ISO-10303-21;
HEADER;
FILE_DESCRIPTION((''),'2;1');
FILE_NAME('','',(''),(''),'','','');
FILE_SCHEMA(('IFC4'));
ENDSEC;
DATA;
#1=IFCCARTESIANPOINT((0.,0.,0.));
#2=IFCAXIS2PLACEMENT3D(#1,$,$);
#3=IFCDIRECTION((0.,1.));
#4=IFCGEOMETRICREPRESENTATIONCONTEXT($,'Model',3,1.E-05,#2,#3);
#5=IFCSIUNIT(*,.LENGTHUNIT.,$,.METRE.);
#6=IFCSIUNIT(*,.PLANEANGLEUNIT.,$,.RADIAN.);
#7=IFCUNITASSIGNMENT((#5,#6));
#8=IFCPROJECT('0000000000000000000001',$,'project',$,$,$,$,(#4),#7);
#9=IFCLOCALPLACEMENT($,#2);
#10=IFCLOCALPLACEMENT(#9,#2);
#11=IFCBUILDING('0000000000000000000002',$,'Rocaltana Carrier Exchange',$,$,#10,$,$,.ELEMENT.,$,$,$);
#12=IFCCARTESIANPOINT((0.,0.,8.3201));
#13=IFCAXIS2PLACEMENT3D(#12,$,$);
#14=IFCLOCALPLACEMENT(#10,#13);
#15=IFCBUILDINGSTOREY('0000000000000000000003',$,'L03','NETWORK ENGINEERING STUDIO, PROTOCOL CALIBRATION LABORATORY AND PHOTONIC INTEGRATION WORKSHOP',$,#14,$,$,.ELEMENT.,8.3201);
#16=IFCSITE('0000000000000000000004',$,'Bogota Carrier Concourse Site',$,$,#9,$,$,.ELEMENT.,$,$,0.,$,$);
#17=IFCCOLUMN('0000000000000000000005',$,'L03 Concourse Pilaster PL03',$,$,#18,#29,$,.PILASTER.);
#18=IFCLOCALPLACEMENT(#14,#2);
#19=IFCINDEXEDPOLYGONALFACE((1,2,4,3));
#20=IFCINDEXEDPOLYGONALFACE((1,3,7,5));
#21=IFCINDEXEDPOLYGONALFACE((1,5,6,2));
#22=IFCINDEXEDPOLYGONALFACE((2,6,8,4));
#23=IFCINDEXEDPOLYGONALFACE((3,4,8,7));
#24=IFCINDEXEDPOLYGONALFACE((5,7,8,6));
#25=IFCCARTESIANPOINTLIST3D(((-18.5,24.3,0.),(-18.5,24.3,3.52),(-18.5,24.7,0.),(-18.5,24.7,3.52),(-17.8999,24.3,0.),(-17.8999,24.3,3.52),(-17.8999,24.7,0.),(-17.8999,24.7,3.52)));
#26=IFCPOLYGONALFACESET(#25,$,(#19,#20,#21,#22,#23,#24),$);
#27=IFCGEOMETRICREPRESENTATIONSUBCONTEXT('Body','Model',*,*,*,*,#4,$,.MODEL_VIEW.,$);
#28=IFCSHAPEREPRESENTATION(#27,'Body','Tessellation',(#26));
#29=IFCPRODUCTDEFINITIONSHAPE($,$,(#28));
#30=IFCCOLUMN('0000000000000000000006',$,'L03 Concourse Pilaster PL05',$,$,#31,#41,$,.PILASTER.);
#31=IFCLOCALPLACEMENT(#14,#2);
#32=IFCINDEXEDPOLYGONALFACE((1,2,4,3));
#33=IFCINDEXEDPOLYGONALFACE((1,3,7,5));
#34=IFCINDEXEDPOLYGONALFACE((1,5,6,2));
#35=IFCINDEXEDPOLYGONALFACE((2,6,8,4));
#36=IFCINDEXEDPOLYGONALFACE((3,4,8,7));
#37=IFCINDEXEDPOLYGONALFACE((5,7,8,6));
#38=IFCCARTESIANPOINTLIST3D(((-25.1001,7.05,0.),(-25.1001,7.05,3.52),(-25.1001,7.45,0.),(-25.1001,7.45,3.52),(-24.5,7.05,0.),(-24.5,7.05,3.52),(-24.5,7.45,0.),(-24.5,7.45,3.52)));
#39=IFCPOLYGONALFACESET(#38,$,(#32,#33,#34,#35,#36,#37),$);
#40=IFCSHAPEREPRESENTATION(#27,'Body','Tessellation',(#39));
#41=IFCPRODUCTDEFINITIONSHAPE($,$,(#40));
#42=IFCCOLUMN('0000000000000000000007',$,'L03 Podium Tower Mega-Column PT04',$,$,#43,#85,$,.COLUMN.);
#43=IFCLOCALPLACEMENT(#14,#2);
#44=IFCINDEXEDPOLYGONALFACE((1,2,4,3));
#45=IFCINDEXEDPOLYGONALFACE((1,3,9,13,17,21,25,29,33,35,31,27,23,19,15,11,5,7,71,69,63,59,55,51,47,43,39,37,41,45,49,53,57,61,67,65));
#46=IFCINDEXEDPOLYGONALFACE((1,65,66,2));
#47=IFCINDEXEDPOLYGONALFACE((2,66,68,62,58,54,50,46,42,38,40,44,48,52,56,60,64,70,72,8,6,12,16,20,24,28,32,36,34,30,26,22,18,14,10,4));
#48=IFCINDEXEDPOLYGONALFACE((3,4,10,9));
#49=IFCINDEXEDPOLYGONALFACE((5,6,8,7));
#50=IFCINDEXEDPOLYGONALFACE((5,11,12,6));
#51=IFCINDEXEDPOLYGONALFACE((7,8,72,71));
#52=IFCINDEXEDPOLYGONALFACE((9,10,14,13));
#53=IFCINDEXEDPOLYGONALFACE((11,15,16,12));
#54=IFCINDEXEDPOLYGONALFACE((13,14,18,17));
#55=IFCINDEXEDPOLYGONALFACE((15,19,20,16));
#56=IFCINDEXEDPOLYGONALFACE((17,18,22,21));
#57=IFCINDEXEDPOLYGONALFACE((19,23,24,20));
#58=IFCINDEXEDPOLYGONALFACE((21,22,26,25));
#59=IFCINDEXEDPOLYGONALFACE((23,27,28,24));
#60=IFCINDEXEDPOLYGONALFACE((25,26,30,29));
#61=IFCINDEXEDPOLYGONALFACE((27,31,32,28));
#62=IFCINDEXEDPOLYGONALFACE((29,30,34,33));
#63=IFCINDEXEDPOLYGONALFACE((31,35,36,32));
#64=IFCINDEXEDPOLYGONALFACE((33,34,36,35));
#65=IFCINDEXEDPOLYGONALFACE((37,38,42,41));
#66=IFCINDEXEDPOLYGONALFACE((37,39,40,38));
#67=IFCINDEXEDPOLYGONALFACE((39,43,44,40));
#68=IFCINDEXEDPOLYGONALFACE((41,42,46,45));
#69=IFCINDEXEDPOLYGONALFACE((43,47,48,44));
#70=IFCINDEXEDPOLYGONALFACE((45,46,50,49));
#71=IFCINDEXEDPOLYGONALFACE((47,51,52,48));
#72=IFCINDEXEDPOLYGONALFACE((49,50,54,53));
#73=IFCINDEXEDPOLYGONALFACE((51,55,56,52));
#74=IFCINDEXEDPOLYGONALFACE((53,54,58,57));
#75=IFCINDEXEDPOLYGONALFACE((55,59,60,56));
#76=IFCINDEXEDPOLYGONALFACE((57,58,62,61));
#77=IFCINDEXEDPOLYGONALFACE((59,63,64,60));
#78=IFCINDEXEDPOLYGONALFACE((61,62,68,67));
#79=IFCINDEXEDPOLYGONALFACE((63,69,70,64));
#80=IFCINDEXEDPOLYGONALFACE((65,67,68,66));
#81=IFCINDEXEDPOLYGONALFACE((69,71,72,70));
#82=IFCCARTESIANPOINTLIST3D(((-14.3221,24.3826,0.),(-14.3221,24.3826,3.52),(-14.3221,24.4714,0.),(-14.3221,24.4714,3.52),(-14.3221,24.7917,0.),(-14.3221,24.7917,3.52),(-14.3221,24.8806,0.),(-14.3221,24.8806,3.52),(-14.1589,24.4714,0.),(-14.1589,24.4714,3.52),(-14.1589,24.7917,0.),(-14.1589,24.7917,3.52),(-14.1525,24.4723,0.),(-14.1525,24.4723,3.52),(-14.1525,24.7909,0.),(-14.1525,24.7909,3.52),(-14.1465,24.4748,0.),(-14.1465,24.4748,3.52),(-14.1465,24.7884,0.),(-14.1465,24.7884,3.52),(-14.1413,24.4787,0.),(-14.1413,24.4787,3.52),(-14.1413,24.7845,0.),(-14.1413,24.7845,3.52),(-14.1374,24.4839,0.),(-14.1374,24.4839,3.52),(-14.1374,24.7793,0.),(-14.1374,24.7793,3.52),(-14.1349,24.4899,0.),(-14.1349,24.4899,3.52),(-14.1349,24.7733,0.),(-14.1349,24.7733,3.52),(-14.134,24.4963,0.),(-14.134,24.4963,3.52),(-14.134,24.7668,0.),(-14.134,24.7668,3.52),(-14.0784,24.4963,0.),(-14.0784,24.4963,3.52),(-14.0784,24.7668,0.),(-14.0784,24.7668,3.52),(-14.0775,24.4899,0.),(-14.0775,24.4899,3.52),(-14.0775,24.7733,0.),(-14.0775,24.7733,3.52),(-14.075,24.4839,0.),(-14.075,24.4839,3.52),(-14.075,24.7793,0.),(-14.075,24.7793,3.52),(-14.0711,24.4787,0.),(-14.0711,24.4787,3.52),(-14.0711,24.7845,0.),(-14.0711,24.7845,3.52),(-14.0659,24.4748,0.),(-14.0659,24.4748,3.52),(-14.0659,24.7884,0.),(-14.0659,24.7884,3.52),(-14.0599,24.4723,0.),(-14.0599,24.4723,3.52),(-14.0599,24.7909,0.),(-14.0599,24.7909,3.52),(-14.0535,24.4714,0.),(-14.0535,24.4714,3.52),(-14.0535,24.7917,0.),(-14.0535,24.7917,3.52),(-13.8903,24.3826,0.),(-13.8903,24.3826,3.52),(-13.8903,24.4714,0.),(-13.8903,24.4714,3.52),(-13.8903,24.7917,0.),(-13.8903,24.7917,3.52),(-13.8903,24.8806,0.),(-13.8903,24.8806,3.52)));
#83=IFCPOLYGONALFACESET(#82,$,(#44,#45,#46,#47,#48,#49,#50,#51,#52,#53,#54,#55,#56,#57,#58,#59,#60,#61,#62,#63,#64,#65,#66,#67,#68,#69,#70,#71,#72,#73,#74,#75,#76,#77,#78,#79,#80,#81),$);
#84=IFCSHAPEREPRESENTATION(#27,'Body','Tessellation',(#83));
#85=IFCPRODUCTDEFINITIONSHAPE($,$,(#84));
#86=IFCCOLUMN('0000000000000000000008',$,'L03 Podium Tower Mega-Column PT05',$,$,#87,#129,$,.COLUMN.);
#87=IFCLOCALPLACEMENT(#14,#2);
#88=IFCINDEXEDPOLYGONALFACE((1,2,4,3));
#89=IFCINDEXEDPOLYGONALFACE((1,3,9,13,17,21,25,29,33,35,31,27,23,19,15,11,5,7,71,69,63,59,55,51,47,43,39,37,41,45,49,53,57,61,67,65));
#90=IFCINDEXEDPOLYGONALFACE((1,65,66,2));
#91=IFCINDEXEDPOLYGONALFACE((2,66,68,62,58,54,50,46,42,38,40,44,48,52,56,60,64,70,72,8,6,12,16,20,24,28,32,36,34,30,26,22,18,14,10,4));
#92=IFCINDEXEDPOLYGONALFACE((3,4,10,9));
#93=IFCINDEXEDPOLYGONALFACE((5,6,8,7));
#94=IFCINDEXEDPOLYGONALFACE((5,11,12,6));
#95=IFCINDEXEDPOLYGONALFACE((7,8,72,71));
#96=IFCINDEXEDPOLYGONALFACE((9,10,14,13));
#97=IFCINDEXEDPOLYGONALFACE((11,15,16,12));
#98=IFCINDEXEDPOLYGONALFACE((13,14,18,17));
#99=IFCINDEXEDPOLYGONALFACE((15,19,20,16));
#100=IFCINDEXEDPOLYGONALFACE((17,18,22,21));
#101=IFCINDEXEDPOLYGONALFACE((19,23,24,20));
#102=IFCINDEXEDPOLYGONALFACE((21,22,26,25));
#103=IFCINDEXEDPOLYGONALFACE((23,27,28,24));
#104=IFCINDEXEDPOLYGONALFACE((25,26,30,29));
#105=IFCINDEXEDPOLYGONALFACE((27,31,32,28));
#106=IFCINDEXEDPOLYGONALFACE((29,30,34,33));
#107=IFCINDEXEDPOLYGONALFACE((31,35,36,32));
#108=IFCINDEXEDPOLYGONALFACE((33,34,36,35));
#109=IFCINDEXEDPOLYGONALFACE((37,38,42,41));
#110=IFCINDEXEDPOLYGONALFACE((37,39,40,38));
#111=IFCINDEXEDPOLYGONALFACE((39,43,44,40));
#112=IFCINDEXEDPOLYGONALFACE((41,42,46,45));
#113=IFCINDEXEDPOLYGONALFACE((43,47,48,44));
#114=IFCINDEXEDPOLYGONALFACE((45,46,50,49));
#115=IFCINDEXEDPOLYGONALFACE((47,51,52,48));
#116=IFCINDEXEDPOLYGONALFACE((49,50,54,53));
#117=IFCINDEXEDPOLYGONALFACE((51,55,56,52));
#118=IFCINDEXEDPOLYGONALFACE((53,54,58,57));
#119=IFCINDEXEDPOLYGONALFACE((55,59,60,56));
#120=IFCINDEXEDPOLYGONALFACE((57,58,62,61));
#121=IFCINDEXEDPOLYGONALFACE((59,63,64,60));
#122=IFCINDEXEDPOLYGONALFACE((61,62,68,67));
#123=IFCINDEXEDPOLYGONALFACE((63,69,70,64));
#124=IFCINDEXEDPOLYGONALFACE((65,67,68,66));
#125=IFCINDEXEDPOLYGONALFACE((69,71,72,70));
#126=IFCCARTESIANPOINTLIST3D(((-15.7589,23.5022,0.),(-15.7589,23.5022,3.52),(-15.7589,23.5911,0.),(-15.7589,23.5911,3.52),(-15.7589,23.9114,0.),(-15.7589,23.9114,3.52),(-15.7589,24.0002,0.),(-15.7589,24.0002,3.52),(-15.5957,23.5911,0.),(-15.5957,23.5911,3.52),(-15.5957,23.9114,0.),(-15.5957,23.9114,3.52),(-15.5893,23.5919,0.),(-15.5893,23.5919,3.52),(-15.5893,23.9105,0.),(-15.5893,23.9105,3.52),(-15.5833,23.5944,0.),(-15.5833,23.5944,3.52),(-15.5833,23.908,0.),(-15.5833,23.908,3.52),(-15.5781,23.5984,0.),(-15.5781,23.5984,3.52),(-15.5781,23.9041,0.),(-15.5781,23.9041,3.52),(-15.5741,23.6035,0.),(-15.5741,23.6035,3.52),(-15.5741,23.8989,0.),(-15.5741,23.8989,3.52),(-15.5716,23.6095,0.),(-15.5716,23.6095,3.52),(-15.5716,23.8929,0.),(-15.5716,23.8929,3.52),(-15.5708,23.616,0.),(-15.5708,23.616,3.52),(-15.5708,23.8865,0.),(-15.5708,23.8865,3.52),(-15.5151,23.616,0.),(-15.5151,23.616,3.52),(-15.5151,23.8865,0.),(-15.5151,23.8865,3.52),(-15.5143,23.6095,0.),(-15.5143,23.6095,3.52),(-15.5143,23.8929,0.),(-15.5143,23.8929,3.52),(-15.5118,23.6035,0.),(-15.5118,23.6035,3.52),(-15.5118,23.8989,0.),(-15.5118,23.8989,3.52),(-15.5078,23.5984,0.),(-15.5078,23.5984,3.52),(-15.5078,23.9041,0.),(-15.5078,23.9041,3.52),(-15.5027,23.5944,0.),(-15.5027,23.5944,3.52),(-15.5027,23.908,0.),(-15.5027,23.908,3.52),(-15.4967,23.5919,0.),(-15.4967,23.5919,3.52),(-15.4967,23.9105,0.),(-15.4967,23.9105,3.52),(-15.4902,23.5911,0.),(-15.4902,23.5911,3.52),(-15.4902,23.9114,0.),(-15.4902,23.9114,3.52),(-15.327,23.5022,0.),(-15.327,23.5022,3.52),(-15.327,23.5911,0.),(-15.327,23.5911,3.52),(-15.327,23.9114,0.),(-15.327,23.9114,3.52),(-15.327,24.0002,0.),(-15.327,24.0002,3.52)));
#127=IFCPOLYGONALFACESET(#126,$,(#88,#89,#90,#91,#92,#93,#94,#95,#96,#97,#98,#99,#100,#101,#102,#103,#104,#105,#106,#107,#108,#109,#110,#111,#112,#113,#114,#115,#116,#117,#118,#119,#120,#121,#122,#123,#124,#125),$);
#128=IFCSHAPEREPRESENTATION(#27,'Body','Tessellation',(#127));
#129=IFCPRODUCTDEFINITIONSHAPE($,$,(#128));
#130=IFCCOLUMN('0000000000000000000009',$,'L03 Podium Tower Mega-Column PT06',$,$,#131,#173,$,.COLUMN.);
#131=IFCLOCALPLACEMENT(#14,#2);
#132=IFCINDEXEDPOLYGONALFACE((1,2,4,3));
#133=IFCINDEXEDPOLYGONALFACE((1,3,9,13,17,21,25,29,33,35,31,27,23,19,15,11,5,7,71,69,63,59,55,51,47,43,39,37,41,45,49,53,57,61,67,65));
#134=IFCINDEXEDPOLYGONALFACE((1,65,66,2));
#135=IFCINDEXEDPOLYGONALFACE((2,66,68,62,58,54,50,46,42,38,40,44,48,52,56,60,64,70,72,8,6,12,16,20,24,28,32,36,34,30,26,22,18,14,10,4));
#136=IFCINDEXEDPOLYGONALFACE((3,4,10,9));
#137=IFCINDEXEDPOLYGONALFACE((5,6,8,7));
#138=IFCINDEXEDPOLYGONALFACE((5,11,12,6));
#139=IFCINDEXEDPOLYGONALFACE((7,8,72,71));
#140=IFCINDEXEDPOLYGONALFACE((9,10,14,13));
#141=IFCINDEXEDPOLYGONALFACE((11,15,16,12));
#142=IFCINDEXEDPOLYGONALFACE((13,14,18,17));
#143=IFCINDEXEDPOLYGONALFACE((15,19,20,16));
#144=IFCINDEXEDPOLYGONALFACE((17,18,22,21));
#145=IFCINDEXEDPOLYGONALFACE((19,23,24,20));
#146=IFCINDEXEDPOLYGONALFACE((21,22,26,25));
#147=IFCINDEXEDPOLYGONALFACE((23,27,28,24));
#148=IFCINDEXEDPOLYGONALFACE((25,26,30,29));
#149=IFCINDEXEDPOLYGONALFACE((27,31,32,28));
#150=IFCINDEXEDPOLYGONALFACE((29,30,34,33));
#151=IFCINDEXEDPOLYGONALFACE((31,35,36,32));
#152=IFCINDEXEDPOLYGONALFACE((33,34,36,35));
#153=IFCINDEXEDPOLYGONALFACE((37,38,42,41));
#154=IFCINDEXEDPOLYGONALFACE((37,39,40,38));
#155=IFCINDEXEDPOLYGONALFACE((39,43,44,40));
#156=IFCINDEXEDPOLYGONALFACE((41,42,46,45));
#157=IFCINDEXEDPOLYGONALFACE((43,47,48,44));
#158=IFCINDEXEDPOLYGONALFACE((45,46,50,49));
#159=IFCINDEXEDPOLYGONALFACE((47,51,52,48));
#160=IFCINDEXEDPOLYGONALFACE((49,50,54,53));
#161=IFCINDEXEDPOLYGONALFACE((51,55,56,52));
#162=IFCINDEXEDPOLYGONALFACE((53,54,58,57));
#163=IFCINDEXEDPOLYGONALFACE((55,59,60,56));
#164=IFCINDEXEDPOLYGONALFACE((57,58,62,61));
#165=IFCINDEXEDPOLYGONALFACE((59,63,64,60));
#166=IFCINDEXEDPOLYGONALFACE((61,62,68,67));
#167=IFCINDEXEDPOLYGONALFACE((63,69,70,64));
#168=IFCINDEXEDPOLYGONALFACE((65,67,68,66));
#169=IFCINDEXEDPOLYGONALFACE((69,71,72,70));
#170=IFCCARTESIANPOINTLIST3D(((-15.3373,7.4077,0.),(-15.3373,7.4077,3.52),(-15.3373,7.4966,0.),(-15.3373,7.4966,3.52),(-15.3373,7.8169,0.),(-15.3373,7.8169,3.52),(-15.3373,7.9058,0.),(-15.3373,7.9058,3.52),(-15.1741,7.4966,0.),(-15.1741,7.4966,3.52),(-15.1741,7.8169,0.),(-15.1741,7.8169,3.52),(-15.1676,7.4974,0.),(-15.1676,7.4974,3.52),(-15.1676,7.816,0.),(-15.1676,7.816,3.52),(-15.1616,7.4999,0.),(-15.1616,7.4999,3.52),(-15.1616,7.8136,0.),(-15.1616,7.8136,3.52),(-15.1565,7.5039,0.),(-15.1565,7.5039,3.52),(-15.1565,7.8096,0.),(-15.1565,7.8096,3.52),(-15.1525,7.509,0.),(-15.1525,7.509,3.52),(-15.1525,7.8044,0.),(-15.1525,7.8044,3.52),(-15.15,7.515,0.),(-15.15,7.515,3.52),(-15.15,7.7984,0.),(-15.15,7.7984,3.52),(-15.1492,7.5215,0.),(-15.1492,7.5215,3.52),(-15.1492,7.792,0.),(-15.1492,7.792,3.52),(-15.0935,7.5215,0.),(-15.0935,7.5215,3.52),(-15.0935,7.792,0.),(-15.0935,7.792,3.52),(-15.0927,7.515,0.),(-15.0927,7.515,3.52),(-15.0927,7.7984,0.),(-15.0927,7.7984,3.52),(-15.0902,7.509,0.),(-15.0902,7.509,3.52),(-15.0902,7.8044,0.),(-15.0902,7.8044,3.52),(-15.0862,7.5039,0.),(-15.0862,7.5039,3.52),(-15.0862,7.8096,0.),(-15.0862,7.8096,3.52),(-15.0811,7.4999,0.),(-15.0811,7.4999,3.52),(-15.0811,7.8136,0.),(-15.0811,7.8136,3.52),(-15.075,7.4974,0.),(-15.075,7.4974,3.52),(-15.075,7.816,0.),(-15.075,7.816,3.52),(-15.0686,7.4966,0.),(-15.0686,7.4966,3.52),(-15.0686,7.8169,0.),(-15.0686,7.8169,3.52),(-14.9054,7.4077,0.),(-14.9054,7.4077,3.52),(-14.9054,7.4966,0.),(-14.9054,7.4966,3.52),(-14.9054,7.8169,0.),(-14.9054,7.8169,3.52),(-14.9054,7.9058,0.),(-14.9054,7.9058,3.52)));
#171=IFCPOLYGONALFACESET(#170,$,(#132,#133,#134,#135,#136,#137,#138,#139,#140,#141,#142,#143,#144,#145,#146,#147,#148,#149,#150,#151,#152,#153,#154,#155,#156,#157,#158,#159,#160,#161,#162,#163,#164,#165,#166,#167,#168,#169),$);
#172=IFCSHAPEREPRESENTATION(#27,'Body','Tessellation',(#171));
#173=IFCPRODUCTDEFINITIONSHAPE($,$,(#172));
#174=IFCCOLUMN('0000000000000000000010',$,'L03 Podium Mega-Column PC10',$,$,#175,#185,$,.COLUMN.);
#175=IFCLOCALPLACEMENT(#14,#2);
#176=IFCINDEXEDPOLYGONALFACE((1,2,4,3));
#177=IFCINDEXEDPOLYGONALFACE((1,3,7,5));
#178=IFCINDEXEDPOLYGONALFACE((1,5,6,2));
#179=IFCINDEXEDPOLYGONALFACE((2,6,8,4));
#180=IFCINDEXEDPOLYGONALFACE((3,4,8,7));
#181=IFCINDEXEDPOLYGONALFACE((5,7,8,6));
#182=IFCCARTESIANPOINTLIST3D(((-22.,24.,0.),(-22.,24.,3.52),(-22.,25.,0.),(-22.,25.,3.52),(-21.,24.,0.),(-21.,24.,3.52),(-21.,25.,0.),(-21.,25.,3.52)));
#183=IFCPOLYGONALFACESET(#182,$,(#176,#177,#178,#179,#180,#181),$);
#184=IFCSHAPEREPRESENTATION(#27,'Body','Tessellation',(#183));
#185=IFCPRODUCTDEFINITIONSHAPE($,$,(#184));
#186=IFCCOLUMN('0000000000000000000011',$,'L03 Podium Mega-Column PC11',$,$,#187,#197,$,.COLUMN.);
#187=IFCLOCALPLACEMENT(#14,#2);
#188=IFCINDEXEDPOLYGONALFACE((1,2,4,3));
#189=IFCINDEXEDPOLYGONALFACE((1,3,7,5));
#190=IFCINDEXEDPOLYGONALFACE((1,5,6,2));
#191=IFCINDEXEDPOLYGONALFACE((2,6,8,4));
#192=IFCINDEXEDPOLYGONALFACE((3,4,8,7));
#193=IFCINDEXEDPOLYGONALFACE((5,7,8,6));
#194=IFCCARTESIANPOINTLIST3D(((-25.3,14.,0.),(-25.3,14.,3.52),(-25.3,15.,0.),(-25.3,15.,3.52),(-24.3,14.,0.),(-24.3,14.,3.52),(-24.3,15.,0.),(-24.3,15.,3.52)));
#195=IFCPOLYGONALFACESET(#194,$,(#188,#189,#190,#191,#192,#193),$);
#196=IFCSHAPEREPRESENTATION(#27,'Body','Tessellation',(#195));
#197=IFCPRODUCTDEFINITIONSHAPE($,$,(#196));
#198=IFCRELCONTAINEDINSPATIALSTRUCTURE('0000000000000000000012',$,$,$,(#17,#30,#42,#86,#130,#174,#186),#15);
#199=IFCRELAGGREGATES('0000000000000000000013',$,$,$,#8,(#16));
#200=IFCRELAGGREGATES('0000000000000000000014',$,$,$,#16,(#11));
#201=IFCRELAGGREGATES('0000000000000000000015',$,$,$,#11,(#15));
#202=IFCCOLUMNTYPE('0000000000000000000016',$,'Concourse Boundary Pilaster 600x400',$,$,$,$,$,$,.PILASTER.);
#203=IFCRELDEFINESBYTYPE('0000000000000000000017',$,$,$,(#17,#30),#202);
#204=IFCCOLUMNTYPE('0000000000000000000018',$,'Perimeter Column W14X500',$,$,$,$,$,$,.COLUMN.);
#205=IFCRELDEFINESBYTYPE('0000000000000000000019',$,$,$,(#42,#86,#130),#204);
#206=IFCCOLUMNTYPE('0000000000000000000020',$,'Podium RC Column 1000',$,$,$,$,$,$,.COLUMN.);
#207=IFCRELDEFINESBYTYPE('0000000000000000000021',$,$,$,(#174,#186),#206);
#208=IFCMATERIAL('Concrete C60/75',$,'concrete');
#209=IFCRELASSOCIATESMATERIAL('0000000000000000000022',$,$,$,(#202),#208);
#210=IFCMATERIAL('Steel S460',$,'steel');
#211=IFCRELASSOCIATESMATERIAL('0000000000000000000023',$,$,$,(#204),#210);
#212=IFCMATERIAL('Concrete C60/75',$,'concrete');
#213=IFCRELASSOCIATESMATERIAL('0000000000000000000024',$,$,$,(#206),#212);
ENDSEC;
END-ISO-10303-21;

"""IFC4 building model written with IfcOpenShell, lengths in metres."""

from ifc_helpers import new_model, si_unit, direction, frame, origin, origin_2d, place, context, subcontext, project, spatial, rectangle, i_section, extrude, material, material_profile, profile_set, type_object, element, save


model = new_model("IFC4")

# Units and contexts
model_context = context("Model", 3, precision=1e-05, world=origin(), true_north=direction((0.0, 1.0)))
body_context = subcontext(model_context, "Body", "Model", "MODEL_VIEW")
ifc_project = project(units=[si_unit("LENGTHUNIT", "METRE"), si_unit("PLANEANGLEUNIT", "RADIAN")], contexts=[model_context])

# Site, building, storey
site_placement = place(None, origin())
site = spatial("IfcSite", under=ifc_project, at=site_placement, Name="Bogota Carrier Concourse Site", CompositionType="ELEMENT", RefElevation=0.0)
building_placement = place(site_placement, origin())
building = spatial("IfcBuilding", under=site, at=building_placement, Name="Rocaltana Carrier Exchange", CompositionType="ELEMENT")
storey_placement = place(building_placement, frame((0.0, 0.0, 8.3201)))
storey = spatial("IfcBuildingStorey", under=building, at=storey_placement, Name="L03", Description="NETWORK ENGINEERING STUDIO, PROTOCOL CALIBRATION LABORATORY AND PHOTONIC INTEGRATION WORKSHOP", CompositionType="ELEMENT", Elevation=8.3201)

# Columns
ifc_material_1 = material(Name="Concrete C60/75", Category="concrete")
ifc_material_profile_1 = material_profile(ifc_material_1, rectangle(XDim=0.6001, YDim=0.3999, at=origin_2d()), Name="RC-PIL-600X400")
ifc_profile_set_1 = profile_set([ifc_material_profile_1], Name="Concrete C60/75")
column_type_1 = type_object("IfcColumnType", Name="Concourse Boundary Pilaster 600x400", PredefinedType="PILASTER", material=ifc_profile_set_1)
for number, where, z_axis, x_axis, name in (
    (1, (-18.2, 24.5, 0.0), (0.0, 0.0, 1.0), (1.0, 0.0, 0.0), "L03 Concourse Pilaster PL03"),
    (2, (-24.8, 7.25, 0.0), (0.0, 0.0, 1.0), (1.0, 0.0, 0.0), "L03 Concourse Pilaster PL05"),
):
    element("IfcColumn", number, at=place(storey_placement, frame(where, z_axis=z_axis, x_axis=x_axis)), inside=storey, type_object=column_type_1, Name=name, PredefinedType="PILASTER", context=body_context, shape_type="SweptSolid", body=[
        extrude(rectangle(XDim=0.6001, YDim=0.3999, at=origin_2d()), origin(), (0.0, 0.0, 1.0), 3.52),
    ])
ifc_material_2 = material(Name="Steel S460", Category="steel")
ifc_material_profile_2 = material_profile(ifc_material_2, i_section(OverallWidth=0.4319, OverallDepth=0.498, WebThickness=0.0557, FlangeThickness=0.0889, FilletRadius=0.0249, at=origin_2d()), Name="W14X500")
ifc_profile_set_2 = profile_set([ifc_material_profile_2], Name="Steel S460")
column_type_2 = type_object("IfcColumnType", Name="Perimeter Column W14X500", PredefinedType="COLUMN", material=ifc_profile_set_2)
for number, where, z_axis, x_axis, name in (
    (3, (-14.1062, 24.6316, 0.0), (0.0, 0.0, 1.0), (1.0, 0.0, 0.0), "L03 Podium Tower Mega-Column PT04"),
    (4, (-15.543, 23.7512, 0.0), (0.0, 0.0, 1.0), (1.0, 0.0, 0.0), "L03 Podium Tower Mega-Column PT05"),
    (5, (-15.1213, 7.6567, 0.0), (0.0, 0.0, 1.0), (1.0, 0.0, 0.0), "L03 Podium Tower Mega-Column PT06"),
):
    element("IfcColumn", number, at=place(storey_placement, frame(where, z_axis=z_axis, x_axis=x_axis)), inside=storey, type_object=column_type_2, Name=name, PredefinedType="COLUMN", context=body_context, shape_type="SweptSolid", body=[
        extrude(i_section(OverallWidth=0.4319, OverallDepth=0.498, WebThickness=0.0557, FlangeThickness=0.0889, FilletRadius=0.0249, at=origin_2d()), origin(), (0.0, 0.0, 1.0), 3.52),
    ])
ifc_material_3 = material(Name="Concrete C60/75", Category="concrete")
ifc_material_profile_3 = material_profile(ifc_material_3, rectangle(XDim=1.0, YDim=1.0, at=origin_2d()), Name="RC-COL-1000X1000")
ifc_profile_set_3 = profile_set([ifc_material_profile_3], Name="Concrete C60/75")
column_type_3 = type_object("IfcColumnType", Name="Podium RC Column 1000", PredefinedType="COLUMN", material=ifc_profile_set_3)
for number, where, z_axis, x_axis, name in (
    (6, (-21.5, 24.5, 0.0), (0.0, 0.0, 1.0), (1.0, 0.0, 0.0), "L03 Podium Mega-Column PC10"),
    (7, (-24.8, 14.5, 0.0), (0.0, 0.0, 1.0), (1.0, 0.0, 0.0), "L03 Podium Mega-Column PC11"),
):
    element("IfcColumn", number, at=place(storey_placement, frame(where, z_axis=z_axis, x_axis=x_axis)), inside=storey, type_object=column_type_3, Name=name, PredefinedType="COLUMN", context=body_context, shape_type="SweptSolid", body=[
        extrude(rectangle(XDim=1.0, YDim=1.0, at=origin_2d()), origin(), (0.0, 0.0, 1.0), 3.52),
    ])

save(model, "model.ifc")
